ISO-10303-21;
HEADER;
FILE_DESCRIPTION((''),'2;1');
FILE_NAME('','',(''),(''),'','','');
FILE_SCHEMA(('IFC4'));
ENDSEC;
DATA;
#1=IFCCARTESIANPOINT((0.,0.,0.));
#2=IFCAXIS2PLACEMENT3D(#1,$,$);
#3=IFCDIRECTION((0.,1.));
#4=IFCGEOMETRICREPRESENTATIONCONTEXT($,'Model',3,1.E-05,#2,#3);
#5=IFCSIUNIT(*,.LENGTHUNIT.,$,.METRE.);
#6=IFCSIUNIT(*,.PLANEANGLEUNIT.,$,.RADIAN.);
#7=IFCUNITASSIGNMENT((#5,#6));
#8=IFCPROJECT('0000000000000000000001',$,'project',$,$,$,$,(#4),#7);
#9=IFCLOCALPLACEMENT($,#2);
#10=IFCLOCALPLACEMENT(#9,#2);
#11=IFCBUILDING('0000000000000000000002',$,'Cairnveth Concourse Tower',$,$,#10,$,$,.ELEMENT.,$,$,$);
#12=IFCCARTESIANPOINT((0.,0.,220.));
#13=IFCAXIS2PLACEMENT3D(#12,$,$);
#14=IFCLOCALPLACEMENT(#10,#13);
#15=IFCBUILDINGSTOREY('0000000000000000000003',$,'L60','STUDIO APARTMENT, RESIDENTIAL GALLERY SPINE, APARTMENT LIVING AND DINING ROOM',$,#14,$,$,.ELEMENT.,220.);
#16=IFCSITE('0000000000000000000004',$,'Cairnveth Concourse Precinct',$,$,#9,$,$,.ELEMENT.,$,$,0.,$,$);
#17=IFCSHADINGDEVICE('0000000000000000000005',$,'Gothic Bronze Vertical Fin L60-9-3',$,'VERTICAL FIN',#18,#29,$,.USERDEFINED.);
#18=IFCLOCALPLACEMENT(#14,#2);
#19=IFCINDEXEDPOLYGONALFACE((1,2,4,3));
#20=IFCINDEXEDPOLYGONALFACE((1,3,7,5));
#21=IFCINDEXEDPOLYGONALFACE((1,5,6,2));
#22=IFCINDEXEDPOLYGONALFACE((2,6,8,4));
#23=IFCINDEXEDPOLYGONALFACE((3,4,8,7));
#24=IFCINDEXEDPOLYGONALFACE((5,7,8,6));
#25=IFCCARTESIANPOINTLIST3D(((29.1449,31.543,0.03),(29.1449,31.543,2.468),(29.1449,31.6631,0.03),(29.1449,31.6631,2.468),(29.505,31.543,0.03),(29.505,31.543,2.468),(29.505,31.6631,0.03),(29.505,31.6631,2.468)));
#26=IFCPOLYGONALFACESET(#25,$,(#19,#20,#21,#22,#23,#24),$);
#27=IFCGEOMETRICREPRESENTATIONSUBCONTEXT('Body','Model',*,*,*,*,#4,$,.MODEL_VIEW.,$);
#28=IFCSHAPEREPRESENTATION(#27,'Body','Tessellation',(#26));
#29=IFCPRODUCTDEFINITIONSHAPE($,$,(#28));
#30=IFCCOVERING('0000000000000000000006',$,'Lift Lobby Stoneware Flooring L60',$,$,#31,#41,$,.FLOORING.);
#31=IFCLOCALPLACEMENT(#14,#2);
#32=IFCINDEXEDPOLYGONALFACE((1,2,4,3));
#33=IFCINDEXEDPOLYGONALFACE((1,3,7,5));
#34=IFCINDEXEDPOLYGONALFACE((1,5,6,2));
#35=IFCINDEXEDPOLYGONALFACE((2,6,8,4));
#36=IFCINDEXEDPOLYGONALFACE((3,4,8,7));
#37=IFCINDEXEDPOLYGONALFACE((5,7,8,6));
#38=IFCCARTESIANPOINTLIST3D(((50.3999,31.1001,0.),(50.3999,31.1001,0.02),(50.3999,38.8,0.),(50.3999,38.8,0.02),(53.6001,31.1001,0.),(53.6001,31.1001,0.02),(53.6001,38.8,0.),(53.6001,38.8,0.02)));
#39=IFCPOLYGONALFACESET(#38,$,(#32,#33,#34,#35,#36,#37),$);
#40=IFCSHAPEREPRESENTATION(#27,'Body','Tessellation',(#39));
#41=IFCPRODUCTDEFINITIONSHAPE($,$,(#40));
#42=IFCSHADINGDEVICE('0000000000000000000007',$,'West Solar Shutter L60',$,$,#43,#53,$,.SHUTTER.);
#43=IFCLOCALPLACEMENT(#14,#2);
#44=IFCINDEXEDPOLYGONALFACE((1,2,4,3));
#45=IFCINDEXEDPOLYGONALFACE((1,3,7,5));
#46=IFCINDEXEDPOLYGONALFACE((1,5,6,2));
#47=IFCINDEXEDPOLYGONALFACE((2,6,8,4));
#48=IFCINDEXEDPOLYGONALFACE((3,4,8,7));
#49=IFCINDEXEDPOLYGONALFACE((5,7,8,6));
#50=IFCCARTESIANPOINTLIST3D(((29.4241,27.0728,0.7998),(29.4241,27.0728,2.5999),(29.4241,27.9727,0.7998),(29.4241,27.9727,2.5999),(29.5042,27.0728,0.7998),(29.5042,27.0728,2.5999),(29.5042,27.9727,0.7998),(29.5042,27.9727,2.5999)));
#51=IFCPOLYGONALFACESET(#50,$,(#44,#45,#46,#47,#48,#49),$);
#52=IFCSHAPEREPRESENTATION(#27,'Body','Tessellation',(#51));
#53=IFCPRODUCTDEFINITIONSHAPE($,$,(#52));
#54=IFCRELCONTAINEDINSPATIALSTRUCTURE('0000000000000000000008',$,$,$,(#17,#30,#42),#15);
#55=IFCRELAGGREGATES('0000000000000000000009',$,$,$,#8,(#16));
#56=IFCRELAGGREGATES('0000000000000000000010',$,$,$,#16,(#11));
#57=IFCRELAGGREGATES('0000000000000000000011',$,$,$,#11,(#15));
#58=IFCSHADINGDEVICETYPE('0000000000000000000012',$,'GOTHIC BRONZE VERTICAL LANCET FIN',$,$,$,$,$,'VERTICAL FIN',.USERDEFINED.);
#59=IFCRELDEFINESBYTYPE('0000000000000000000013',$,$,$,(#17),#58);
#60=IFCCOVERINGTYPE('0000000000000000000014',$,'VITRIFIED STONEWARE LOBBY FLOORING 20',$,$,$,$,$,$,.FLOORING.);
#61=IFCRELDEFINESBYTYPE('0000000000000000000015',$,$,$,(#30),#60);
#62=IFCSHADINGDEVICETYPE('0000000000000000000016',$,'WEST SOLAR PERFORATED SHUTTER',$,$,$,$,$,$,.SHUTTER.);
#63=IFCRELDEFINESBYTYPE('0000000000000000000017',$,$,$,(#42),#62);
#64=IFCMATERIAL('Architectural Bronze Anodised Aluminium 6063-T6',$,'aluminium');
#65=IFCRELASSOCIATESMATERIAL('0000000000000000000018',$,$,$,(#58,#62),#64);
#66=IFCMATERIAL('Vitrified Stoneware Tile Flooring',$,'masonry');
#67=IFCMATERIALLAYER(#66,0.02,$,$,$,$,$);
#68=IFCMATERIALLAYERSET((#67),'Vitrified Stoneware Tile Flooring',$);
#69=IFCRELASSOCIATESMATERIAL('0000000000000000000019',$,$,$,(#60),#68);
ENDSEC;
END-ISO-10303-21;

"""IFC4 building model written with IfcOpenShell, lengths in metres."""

from ifc_helpers import new_model, si_unit, direction, frame, origin, origin_2d, place, context, subcontext, project, spatial, polyline, rectangle, outline, extrude, material, layer, layer_set, type_object, element, save


model = new_model("IFC4")

# Units and contexts
model_context = context("Model", 3, precision=1e-05, world=origin(), true_north=direction((0.0, 1.0)))
body_context = subcontext(model_context, "Body", "Model", "MODEL_VIEW")
ifc_project = project(units=[si_unit("LENGTHUNIT", "METRE"), si_unit("PLANEANGLEUNIT", "RADIAN")], contexts=[model_context])

# Site, building, storey
site_placement = place(None, origin())
site = spatial("IfcSite", under=ifc_project, at=site_placement, Name="Cairnveth Concourse Precinct", CompositionType="ELEMENT", RefElevation=0.0)
building_placement = place(site_placement, origin())
building = spatial("IfcBuilding", under=site, at=building_placement, Name="Cairnveth Concourse Tower", CompositionType="ELEMENT")
storey_placement = place(building_placement, frame((0.0, 0.0, 220.0)))
storey = spatial("IfcBuildingStorey", under=building, at=storey_placement, Name="L60", Description="STUDIO APARTMENT, RESIDENTIAL GALLERY SPINE, APARTMENT LIVING AND DINING ROOM", CompositionType="ELEMENT", Elevation=220.0)

# Shading device
ifc_material_1 = material(Name="Architectural Bronze Anodised Aluminium 6063-T6", Category="aluminium")
shading_device_type_1 = type_object("IfcShadingDeviceType", Name="GOTHIC BRONZE VERTICAL LANCET FIN", ElementType="VERTICAL FIN", PredefinedType="USERDEFINED", material=ifc_material_1)
for number, where, z_axis, x_axis, name in (
    (1, (29.325, 31.603, 0.03), (0.0, 0.0, 1.0), (0.0, 1.0, 0.0), "Gothic Bronze Vertical Fin L60-9-3"),
):
    element("IfcShadingDevice", number, at=place(storey_placement, frame(where, z_axis=z_axis, x_axis=x_axis)), inside=storey, type_object=shading_device_type_1, Name=name, ObjectType="VERTICAL FIN", PredefinedType="USERDEFINED", context=body_context, shape_type="SweptSolid", body=[
        extrude(rectangle(XDim=0.1201, YDim=0.3601, at=origin_2d()), origin(), (0.0, 0.0, 1.0), 2.438),
    ])

# Covering
ifc_material_2 = material(Name="Vitrified Stoneware Tile Flooring", Category="masonry")
ifc_layer_1 = layer(ifc_material_2, 0.02)
ifc_layer_set_1 = layer_set([ifc_layer_1], Name="Vitrified Stoneware Tile Flooring")
covering_type_1 = type_object("IfcCoveringType", Name="VITRIFIED STONEWARE LOBBY FLOORING 20", PredefinedType="FLOORING", material=ifc_layer_set_1)
covering_1_placement = place(storey_placement, origin())
element("IfcCovering", 2, at=covering_1_placement, inside=storey, type_object=covering_type_1, Name="Lift Lobby Stoneware Flooring L60", PredefinedType="FLOORING", context=body_context, shape_type="SweptSolid", body=[
    extrude(outline(polyline([(50.3999, 31.1001), (53.6001, 31.1001), (53.6001, 38.8), (50.3999, 38.8), (50.3999, 31.1001)])), origin(), (0.0, 0.0, 1.0), 0.02),
])

# Shading device
shading_device_type_2 = type_object("IfcShadingDeviceType", Name="WEST SOLAR PERFORATED SHUTTER", PredefinedType="SHUTTER", material=ifc_material_1)
shading_device_placement = place(storey_placement, frame((29.4641, 27.5227, 0.7998), z_axis=(0.0, 0.0, 1.0), x_axis=(1.0, 0.0, 0.0)))
element("IfcShadingDevice", 3, at=shading_device_placement, inside=storey, type_object=shading_device_type_2, Name="West Solar Shutter L60", PredefinedType="SHUTTER", context=body_context, shape_type="SweptSolid", body=[
    extrude(rectangle(XDim=0.0801, YDim=0.8999, at=origin_2d()), origin(), (0.0, 0.0, 1.0), 1.8),
])

save(model, "model.ifc")
